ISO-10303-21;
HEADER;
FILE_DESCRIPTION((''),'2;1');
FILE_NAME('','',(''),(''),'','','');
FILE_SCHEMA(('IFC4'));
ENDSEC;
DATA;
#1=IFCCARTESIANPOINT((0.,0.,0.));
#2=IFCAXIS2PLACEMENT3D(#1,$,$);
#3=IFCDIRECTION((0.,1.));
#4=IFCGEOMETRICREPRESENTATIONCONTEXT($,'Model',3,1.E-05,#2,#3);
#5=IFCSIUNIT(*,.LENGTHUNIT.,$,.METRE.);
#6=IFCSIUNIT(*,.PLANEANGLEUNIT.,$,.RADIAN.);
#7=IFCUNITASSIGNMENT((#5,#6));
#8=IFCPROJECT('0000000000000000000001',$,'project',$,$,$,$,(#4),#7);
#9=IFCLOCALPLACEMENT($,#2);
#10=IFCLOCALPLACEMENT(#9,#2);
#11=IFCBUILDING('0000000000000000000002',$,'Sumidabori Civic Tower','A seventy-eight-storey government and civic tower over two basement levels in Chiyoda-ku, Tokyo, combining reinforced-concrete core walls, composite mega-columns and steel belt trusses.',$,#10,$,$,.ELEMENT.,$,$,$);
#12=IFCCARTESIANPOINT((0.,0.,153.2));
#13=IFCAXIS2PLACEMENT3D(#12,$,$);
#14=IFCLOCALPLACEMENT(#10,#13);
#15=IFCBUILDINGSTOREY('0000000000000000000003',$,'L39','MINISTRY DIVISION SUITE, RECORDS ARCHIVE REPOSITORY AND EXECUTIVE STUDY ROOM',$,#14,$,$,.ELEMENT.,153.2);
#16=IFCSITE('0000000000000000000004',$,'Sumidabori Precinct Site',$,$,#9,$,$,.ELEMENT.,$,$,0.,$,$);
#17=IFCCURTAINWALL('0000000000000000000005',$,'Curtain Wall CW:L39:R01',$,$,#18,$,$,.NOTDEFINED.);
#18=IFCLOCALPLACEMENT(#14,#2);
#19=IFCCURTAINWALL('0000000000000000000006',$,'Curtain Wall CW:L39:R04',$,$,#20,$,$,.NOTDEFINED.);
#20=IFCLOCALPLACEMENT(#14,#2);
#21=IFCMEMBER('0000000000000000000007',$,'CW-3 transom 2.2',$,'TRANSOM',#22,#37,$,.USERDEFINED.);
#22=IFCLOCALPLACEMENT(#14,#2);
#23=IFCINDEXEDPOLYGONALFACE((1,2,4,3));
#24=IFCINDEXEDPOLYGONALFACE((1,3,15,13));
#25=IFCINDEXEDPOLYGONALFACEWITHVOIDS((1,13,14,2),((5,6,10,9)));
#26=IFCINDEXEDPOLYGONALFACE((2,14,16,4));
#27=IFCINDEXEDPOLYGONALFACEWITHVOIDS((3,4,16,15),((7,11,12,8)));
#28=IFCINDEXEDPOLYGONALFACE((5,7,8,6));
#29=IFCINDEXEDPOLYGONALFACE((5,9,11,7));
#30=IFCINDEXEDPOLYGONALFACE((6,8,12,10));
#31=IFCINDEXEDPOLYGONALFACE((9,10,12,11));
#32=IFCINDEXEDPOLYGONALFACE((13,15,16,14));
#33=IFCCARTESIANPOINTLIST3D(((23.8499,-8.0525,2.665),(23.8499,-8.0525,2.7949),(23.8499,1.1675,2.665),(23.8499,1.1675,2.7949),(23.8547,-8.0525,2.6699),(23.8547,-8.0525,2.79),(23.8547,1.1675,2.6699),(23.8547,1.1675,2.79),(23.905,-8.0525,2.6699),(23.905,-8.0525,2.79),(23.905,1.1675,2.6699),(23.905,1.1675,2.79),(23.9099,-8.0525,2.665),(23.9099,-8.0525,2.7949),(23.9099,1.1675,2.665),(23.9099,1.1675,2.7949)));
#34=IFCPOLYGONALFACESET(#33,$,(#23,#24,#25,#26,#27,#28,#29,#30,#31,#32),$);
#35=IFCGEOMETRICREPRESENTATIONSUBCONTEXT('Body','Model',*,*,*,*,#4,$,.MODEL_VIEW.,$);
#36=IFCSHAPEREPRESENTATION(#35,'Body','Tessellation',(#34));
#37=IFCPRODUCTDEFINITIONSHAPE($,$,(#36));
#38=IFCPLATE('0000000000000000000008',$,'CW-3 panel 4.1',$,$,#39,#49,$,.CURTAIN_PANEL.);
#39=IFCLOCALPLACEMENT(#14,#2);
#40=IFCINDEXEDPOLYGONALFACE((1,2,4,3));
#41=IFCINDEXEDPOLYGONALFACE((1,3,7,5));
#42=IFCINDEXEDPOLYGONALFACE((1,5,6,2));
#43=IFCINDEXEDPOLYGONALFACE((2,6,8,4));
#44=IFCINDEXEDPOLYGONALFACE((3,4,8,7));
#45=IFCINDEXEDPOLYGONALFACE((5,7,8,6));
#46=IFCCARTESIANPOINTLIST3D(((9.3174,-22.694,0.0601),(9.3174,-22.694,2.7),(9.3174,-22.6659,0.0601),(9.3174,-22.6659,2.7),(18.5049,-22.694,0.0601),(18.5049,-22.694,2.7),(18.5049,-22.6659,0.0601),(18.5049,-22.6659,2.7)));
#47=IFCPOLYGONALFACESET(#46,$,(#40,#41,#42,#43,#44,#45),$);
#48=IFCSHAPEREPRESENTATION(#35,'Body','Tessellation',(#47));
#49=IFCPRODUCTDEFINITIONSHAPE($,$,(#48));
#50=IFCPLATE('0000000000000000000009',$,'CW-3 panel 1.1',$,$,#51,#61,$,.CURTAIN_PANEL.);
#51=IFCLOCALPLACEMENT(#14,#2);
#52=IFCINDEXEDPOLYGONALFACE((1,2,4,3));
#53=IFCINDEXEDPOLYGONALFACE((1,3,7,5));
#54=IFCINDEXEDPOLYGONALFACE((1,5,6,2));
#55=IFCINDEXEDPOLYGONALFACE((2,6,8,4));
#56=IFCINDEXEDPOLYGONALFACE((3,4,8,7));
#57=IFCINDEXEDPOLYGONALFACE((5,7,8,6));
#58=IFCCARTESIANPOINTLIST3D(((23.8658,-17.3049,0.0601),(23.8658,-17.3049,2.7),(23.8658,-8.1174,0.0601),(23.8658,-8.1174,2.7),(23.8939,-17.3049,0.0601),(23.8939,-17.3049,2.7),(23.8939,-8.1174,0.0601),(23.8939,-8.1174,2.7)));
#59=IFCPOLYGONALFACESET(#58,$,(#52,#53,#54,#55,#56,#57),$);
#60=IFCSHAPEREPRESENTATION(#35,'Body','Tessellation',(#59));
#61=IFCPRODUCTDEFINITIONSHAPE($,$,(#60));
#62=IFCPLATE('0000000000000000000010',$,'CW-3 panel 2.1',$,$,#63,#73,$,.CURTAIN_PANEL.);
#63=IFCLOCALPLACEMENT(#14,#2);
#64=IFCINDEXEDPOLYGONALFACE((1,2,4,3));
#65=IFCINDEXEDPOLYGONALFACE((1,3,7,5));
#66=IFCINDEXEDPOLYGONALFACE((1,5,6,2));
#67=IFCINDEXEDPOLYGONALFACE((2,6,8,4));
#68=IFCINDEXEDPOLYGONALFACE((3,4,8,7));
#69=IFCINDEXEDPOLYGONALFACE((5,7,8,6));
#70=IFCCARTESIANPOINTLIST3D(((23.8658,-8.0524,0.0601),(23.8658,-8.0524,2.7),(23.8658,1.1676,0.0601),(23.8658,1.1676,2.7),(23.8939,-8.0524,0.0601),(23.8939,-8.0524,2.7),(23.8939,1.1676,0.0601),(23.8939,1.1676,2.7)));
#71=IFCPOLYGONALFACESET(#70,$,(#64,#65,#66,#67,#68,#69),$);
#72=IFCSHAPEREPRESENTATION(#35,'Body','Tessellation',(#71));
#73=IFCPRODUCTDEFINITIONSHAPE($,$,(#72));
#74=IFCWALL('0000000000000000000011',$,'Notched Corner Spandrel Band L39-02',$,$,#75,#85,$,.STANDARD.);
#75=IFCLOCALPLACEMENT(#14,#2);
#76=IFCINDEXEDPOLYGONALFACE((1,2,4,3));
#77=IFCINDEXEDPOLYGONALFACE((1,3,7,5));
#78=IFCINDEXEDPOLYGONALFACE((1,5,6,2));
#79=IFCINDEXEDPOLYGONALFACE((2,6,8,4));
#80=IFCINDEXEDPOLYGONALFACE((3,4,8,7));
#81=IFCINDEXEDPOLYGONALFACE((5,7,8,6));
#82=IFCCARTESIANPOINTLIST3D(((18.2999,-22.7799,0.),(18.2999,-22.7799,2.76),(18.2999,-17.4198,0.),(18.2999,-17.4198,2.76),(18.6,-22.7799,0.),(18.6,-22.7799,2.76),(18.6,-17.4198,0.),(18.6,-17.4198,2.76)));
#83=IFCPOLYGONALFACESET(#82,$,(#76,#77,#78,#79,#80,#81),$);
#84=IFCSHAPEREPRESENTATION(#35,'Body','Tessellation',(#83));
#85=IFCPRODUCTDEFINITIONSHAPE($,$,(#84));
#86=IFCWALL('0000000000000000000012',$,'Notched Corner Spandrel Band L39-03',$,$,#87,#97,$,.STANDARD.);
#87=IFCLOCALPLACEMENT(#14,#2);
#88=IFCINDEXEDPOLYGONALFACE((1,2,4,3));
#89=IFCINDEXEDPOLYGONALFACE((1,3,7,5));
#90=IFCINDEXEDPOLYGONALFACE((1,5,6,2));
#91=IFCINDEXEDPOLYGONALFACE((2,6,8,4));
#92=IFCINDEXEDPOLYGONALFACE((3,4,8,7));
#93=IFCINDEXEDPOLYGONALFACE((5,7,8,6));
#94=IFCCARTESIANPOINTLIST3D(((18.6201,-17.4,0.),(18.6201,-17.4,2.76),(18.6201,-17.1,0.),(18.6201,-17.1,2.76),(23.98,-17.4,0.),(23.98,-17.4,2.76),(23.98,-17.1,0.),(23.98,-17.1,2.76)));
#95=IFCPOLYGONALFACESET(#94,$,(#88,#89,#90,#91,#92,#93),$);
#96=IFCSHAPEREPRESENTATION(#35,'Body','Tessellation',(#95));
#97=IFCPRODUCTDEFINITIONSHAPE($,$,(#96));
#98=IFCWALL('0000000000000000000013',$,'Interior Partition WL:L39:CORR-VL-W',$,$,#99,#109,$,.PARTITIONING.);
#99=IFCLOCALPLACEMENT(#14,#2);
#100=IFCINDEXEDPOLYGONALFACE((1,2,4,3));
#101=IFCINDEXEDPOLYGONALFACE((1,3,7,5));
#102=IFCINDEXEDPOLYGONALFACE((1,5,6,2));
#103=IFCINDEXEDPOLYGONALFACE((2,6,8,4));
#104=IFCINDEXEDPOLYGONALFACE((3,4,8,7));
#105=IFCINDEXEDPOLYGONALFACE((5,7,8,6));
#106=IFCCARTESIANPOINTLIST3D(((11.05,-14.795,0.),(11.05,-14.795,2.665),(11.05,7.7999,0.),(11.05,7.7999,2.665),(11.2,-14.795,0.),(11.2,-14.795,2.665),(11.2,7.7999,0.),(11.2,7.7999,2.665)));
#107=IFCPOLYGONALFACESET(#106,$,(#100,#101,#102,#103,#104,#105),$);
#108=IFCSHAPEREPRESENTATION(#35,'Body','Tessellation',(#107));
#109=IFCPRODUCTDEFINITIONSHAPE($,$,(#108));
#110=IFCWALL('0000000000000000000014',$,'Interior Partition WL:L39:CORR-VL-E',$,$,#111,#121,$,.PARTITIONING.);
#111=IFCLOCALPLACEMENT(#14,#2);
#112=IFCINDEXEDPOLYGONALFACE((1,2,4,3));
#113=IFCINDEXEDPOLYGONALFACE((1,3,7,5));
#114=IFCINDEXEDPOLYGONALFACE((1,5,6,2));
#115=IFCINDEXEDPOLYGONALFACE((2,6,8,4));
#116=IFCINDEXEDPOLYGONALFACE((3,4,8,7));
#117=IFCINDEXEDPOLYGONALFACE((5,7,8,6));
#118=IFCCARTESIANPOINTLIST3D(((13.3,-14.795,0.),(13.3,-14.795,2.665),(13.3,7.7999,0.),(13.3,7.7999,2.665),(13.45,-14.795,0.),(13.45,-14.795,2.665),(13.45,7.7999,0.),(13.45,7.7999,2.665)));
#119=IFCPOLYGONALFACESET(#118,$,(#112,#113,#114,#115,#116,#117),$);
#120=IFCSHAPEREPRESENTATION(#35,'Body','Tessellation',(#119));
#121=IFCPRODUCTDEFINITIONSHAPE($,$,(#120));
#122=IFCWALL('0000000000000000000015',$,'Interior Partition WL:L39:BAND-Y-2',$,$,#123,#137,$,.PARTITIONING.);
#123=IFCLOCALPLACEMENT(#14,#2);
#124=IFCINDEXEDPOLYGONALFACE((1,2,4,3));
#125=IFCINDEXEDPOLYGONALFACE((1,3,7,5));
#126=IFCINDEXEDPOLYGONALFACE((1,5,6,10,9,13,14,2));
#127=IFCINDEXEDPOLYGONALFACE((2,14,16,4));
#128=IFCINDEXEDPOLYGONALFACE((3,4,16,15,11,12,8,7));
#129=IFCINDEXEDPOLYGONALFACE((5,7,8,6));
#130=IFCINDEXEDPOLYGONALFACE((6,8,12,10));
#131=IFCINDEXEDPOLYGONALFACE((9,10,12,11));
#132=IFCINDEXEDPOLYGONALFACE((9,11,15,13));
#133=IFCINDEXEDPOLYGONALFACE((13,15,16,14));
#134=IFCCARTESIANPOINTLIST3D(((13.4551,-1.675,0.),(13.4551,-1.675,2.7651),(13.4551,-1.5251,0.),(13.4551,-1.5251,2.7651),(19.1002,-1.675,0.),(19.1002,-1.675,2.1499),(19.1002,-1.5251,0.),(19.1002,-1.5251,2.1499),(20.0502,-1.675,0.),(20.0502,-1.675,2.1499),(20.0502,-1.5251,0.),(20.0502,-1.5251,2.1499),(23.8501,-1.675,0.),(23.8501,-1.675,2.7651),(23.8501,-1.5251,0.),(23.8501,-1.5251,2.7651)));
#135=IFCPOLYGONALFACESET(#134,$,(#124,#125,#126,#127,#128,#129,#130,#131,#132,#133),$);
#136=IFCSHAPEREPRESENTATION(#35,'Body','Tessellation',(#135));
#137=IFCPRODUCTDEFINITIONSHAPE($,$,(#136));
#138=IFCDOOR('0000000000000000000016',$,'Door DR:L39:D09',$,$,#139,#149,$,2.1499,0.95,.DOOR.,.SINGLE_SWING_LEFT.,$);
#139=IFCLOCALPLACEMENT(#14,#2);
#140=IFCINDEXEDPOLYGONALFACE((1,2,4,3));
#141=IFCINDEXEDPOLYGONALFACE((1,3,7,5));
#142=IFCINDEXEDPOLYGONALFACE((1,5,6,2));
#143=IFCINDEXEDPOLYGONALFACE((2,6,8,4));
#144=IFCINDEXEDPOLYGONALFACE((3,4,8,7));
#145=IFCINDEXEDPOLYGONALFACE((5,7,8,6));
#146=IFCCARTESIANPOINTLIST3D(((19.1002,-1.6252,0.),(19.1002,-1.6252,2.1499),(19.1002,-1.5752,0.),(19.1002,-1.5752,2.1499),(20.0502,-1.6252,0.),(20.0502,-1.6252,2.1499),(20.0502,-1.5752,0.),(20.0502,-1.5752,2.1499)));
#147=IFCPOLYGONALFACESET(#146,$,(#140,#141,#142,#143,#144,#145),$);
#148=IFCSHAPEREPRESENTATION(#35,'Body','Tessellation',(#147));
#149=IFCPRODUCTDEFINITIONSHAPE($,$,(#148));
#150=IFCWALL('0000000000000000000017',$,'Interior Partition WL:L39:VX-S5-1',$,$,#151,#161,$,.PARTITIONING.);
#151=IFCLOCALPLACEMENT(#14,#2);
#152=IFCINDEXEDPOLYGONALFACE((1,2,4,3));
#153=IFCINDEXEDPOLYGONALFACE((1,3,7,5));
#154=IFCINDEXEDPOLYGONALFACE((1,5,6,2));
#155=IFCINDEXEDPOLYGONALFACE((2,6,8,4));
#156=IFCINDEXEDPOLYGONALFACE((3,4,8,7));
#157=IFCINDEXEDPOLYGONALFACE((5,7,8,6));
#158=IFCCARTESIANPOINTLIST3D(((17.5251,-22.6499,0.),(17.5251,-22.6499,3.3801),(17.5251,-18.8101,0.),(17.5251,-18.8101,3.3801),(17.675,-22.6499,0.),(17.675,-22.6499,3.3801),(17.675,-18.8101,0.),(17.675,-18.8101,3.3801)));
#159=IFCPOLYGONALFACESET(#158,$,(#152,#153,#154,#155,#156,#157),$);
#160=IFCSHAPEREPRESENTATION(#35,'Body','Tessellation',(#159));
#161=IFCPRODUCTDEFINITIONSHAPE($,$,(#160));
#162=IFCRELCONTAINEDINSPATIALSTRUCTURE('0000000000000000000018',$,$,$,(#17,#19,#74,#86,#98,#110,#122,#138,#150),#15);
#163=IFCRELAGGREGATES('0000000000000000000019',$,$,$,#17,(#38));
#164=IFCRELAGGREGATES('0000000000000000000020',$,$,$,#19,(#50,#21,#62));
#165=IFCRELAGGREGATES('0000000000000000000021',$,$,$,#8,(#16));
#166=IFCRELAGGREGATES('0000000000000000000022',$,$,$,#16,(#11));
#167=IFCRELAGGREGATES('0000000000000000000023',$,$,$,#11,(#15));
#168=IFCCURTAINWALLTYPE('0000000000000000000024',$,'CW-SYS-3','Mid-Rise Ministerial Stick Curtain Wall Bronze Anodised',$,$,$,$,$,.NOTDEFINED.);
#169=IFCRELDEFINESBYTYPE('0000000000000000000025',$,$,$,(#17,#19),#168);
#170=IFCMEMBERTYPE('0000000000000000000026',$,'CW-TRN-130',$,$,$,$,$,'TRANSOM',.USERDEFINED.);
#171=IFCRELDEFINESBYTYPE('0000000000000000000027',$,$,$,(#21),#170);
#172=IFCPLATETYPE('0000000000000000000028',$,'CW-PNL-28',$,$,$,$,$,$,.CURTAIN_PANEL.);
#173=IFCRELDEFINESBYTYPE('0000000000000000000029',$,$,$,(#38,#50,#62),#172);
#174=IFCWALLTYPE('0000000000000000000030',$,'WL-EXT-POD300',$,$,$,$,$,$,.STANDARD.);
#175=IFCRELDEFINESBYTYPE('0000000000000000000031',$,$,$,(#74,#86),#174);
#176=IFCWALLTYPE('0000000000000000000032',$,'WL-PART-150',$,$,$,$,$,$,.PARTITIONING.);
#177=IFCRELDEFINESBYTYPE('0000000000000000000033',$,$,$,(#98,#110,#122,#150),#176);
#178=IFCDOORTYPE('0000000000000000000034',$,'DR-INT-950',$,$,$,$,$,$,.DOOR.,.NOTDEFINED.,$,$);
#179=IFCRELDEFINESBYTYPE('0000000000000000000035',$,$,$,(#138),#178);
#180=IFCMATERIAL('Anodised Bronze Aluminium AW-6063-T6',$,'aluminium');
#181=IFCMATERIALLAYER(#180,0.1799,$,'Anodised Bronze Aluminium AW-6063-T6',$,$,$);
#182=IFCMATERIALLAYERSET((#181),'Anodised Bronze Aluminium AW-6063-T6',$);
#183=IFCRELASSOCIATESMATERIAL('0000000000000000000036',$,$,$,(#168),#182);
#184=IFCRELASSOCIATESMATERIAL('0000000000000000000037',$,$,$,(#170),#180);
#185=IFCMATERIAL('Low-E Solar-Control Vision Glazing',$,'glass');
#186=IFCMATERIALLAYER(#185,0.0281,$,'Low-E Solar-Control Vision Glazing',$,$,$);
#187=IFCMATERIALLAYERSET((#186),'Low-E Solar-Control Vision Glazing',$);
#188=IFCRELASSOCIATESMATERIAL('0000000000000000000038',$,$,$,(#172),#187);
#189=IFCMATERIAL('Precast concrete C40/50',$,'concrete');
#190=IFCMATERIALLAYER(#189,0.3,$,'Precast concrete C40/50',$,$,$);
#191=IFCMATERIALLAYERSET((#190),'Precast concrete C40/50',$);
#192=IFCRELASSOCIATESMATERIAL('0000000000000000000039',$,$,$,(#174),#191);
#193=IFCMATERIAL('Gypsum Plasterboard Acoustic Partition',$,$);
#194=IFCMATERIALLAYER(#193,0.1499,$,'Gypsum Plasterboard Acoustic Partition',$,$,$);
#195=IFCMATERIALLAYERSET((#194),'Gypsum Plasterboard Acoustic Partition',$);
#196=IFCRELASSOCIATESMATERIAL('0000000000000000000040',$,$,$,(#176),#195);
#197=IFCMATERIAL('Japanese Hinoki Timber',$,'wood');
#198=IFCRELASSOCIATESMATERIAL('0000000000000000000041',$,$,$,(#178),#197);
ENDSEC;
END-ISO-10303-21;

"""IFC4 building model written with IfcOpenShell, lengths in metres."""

from ifc_helpers import new_model, si_unit, direction, frame, frame_2d, origin, origin_2d, place, context, subcontext, project, spatial, rectangle, hollow_rectangle, extrude, source, transform, mapped, material, layer, layer_set, material_profile, profile_set, type_object, element, fill, aggregate, save


model = new_model("IFC4")

# Units and contexts
model_context = context("Model", 3, precision=1e-05, world=origin(), true_north=direction((0.0, 1.0)))
body_context = subcontext(model_context, "Body", "Model", "MODEL_VIEW")
ifc_project = project(units=[si_unit("LENGTHUNIT", "METRE"), si_unit("PLANEANGLEUNIT", "RADIAN")], contexts=[model_context])

# Site, building, storey
site_placement = place(None, origin())
site = spatial("IfcSite", under=ifc_project, at=site_placement, Name="Sumidabori Precinct Site", CompositionType="ELEMENT", RefElevation=0.0)
building_placement = place(site_placement, origin())
building = spatial("IfcBuilding", under=site, at=building_placement, Name="Sumidabori Civic Tower", Description="A seventy-eight-storey government and civic tower over two basement levels in Chiyoda-ku, Tokyo, combining reinforced-concrete core walls, composite mega-columns and steel belt trusses.", CompositionType="ELEMENT")
storey_placement = place(building_placement, frame((0.0, 0.0, 153.2)))
storey = spatial("IfcBuildingStorey", under=building, at=storey_placement, Name="L39", Description="MINISTRY DIVISION SUITE, RECORDS ARCHIVE REPOSITORY AND EXECUTIVE STUDY ROOM", CompositionType="ELEMENT", Elevation=153.2)

# Curtain walls
ifc_material_1 = material(Name="Anodised Bronze Aluminium AW-6063-T6", Category="aluminium")
ifc_layer_1 = layer(ifc_material_1, 0.1799, Name="Anodised Bronze Aluminium AW-6063-T6")
ifc_layer_set_1 = layer_set([ifc_layer_1], Name="Anodised Bronze Aluminium AW-6063-T6")
curtain_wall_type = type_object("IfcCurtainWallType", Name="CW-SYS-3", Description="Mid-Rise Ministerial Stick Curtain Wall Bronze Anodised", PredefinedType="NOTDEFINED", material=ifc_layer_set_1)
curtain_wall_1_placement = place(storey_placement, origin())
curtain_wall_1 = element("IfcCurtainWall", 1, at=curtain_wall_1_placement, inside=storey, type_object=curtain_wall_type, Name="Curtain Wall CW:L39:R01", PredefinedType="NOTDEFINED")
curtain_wall_2_placement = place(storey_placement, origin())
curtain_wall_2 = element("IfcCurtainWall", 2, at=curtain_wall_2_placement, inside=storey, type_object=curtain_wall_type, Name="Curtain Wall CW:L39:R04", PredefinedType="NOTDEFINED")

# Member
ifc_material_profile_1 = material_profile(ifc_material_1, hollow_rectangle(XDim=0.0601, YDim=0.1299, WallThickness=0.0049, at=origin_2d()), Name="ALU TRANSOM 130x60")
ifc_profile_set_1 = profile_set([ifc_material_profile_1], Name="Anodised Bronze Aluminium AW-6063-T6")
member_type_1 = type_object("IfcMemberType", Name="CW-TRN-130", ElementType="TRANSOM", PredefinedType="USERDEFINED", material=ifc_profile_set_1)
shared_shape_1 = source(origin(), body_context, "Body", "SweptSolid", [
    extrude(hollow_rectangle(XDim=0.0601, YDim=0.1299, WallThickness=0.0049, at=origin_2d()), origin(), (0.0, 0.0, 1.0), 9.22),
])
member_1_placement = place(storey_placement, frame((23.8799, -8.0525, 2.73), z_axis=(0.0, 1.0, 0.0), x_axis=(-1.0, 0.0, 0.0)))
member_1 = element("IfcMember", 3, at=member_1_placement, type_object=member_type_1, Name="CW-3 transom 2.2", ObjectType="TRANSOM", PredefinedType="USERDEFINED", context=body_context, shape_type="MappedRepresentation", body=[
    mapped(shared_shape_1, transform((0.0, 0.0, 0.0), x_axis=(1.0, 0.0, 0.0), y_axis=(0.0, 1.0, 0.0), z_axis=(0.0, 0.0, 1.0), scale=1.0)),
])

# Plates
ifc_material_2 = material(Name="Low-E Solar-Control Vision Glazing", Category="glass")
ifc_layer_2 = layer(ifc_material_2, 0.0281, Name="Low-E Solar-Control Vision Glazing")
ifc_layer_set_2 = layer_set([ifc_layer_2], Name="Low-E Solar-Control Vision Glazing")
plate_type = type_object("IfcPlateType", Name="CW-PNL-28", PredefinedType="CURTAIN_PANEL", material=ifc_layer_set_2)
shared_shape_2 = source(origin(), body_context, "Body", "SweptSolid", [
    extrude(rectangle(XDim=9.1875, YDim=0.0281, at=origin_2d()), origin(), (0.0, 0.0, 1.0), 2.6399),
])
plate_1_placement = place(storey_placement, frame((13.9111, -22.6799, 0.0601), z_axis=(0.0, 0.0, 1.0), x_axis=(1.0, 0.0, 0.0)))
plate_1 = element("IfcPlate", 4, at=plate_1_placement, type_object=plate_type, Name="CW-3 panel 4.1", PredefinedType="CURTAIN_PANEL", context=body_context, shape_type="MappedRepresentation", body=[
    mapped(shared_shape_2, transform((0.0, 0.0, 0.0), x_axis=(1.0, 0.0, 0.0), y_axis=(0.0, 1.0, 0.0), z_axis=(0.0, 0.0, 1.0), scale=1.0)),
])
aggregate(curtain_wall_1, [plate_1])
plate_2_placement = place(storey_placement, frame((23.8799, -12.7112, 0.0601), z_axis=(0.0, 0.0, 1.0), x_axis=(0.0, 1.0, 0.0)))
plate_2 = element("IfcPlate", 5, at=plate_2_placement, type_object=plate_type, Name="CW-3 panel 1.1", PredefinedType="CURTAIN_PANEL", context=body_context, shape_type="MappedRepresentation", body=[
    mapped(shared_shape_2, transform((0.0, 0.0, 0.0), x_axis=(1.0, 0.0, 0.0), y_axis=(0.0, 1.0, 0.0), z_axis=(0.0, 0.0, 1.0), scale=1.0)),
])
shared_shape_3 = source(origin(), body_context, "Body", "SweptSolid", [
    extrude(rectangle(XDim=9.22, YDim=0.0281, at=origin_2d()), origin(), (0.0, 0.0, 1.0), 2.6399),
])
plate_3_placement = place(storey_placement, frame((23.8799, -3.4424, 0.0601), z_axis=(0.0, 0.0, 1.0), x_axis=(0.0, 1.0, 0.0)))
plate_3 = element("IfcPlate", 6, at=plate_3_placement, type_object=plate_type, Name="CW-3 panel 2.1", PredefinedType="CURTAIN_PANEL", context=body_context, shape_type="MappedRepresentation", body=[
    mapped(shared_shape_3, transform((0.0, 0.0, 0.0), x_axis=(1.0, 0.0, 0.0), y_axis=(0.0, 1.0, 0.0), z_axis=(0.0, 0.0, 1.0), scale=1.0)),
])
aggregate(curtain_wall_2, [plate_2, member_1, plate_3])

# Walls
ifc_material_3 = material(Name="Precast concrete C40/50", Category="concrete")
ifc_layer_3 = layer(ifc_material_3, 0.3, Name="Precast concrete C40/50")
ifc_layer_set_3 = layer_set([ifc_layer_3], Name="Precast concrete C40/50")
wall_type_1 = type_object("IfcWallType", Name="WL-EXT-POD300", PredefinedType="STANDARD", material=ifc_layer_set_3)
shared_shape_4 = source(origin(), body_context, "Body", "SweptSolid", [
    extrude(rectangle(XDim=5.3601, YDim=0.3, at=frame_2d((2.6802, 0.0))), origin(), (0.0, 0.0, 1.0), 2.76),
])
wall_1_placement = place(storey_placement, frame((18.45, -22.78, 0.0), z_axis=(0.0, 0.0, 1.0), x_axis=(0.0, 1.0, 0.0)))
element("IfcWall", 7, at=wall_1_placement, inside=storey, type_object=wall_type_1, Name="Notched Corner Spandrel Band L39-02", PredefinedType="STANDARD", context=body_context, shape_type="MappedRepresentation", body=[
    mapped(shared_shape_4, transform((0.0, 0.0, 0.0), x_axis=(1.0, 0.0, 0.0), y_axis=(0.0, 1.0, 0.0), z_axis=(0.0, 0.0, 1.0), scale=1.0)),
])
shared_shape_5 = source(origin(), body_context, "Body", "SweptSolid", [
    extrude(rectangle(XDim=5.3599, YDim=0.3, at=frame_2d((2.6799, 0.0))), origin(), (0.0, 0.0, 1.0), 2.76),
])
wall_2_placement = place(storey_placement, frame((18.6201, -17.25, 0.0), z_axis=(0.0, 0.0, 1.0), x_axis=(1.0, 0.0, 0.0)))
element("IfcWall", 8, at=wall_2_placement, inside=storey, type_object=wall_type_1, Name="Notched Corner Spandrel Band L39-03", PredefinedType="STANDARD", context=body_context, shape_type="MappedRepresentation", body=[
    mapped(shared_shape_5, transform((0.0, 0.0, 0.0), x_axis=(1.0, 0.0, 0.0), y_axis=(0.0, 1.0, 0.0), z_axis=(0.0, 0.0, 1.0), scale=1.0)),
])
ifc_material_4 = material(Name="Gypsum Plasterboard Acoustic Partition")
ifc_layer_4 = layer(ifc_material_4, 0.1499, Name="Gypsum Plasterboard Acoustic Partition")
ifc_layer_set_4 = layer_set([ifc_layer_4], Name="Gypsum Plasterboard Acoustic Partition")
wall_type_2 = type_object("IfcWallType", Name="WL-PART-150", PredefinedType="PARTITIONING", material=ifc_layer_set_4)
shared_shape_6 = source(origin(), body_context, "Body", "SweptSolid", [
    extrude(rectangle(XDim=22.595, YDim=0.1499, at=frame_2d((11.2974, 0.0))), origin(), (0.0, 0.0, 1.0), 2.665),
])
for number, where, z_axis, x_axis, name in (
    (9, (11.125, -14.7949, 0.0), (0.0, 0.0, 1.0), (0.0, 1.0, 0.0), "Interior Partition WL:L39:CORR-VL-W"),
    (10, (13.375, -14.7949, 0.0), (0.0, 0.0, 1.0), (0.0, 1.0, 0.0), "Interior Partition WL:L39:CORR-VL-E"),
):
    element("IfcWall", number, at=place(storey_placement, frame(where, z_axis=z_axis, x_axis=x_axis)), inside=storey, type_object=wall_type_2, Name=name, PredefinedType="PARTITIONING", context=body_context, shape_type="MappedRepresentation", body=[
        mapped(shared_shape_6, transform((0.0, 0.0, 0.0), x_axis=(1.0, 0.0, 0.0), y_axis=(0.0, 1.0, 0.0), z_axis=(0.0, 0.0, 1.0), scale=1.0)),
    ])

# Wall, opening, door
ifc_material_5 = material(Name="Japanese Hinoki Timber", Category="wood")
door_type = type_object("IfcDoorType", Name="DR-INT-950", OperationType="NOTDEFINED", PredefinedType="DOOR", material=ifc_material_5)
shared_shape_7 = source(origin(), body_context, "Body", "SweptSolid", [
    extrude(rectangle(XDim=0.95, YDim=2.1499, at=frame_2d((0.4751, 1.075))), frame((0.0, 0.0249, 0.0), z_axis=(0.0, -1.0, 0.0), x_axis=(1.0, 0.0, 0.0)), (0.0, 0.0, 1.0), 0.05),
])
shared_shape_8 = source(origin(), body_context, "Body", "SweptSolid", [
    extrude(rectangle(XDim=10.395, YDim=0.1499, at=frame_2d((5.1975, 0.0))), origin(), (0.0, 0.0, 1.0), 2.7651),
])
wall_3_placement = place(storey_placement, frame((13.4551, -1.6001, 0.0), z_axis=(0.0, 0.0, 1.0), x_axis=(1.0, 0.0, 0.0)))
wall_3 = element("IfcWall", 11, at=wall_3_placement, inside=storey, type_object=wall_type_2, Name="Interior Partition WL:L39:BAND-Y-2", PredefinedType="PARTITIONING", context=body_context, shape_type="MappedRepresentation", body=[
    mapped(shared_shape_8, transform((0.0, 0.0, 0.0), x_axis=(1.0, 0.0, 0.0), y_axis=(0.0, 1.0, 0.0), z_axis=(0.0, 0.0, 1.0), scale=1.0)),
])
opening_1_placement = place(wall_3_placement, frame((5.645, 0.0, 0.0)))
opening_1 = element("IfcOpeningElement", 12, at=opening_1_placement, cuts=wall_3, PredefinedType="OPENING", context=body_context, shape_type="SweptSolid", body=[
    extrude(rectangle(XDim=0.95, YDim=2.1499, at=frame_2d((0.4751, 1.075))), frame((0.0, 0.0869, 0.0), z_axis=(0.0, -1.0, 0.0), x_axis=(1.0, 0.0, 0.0)), (0.0, 0.0, 1.0), 0.1738),
])
door_1_placement = place(opening_1_placement, origin())
door_1 = element("IfcDoor", 13, at=door_1_placement, inside=storey, type_object=door_type, Name="Door DR:L39:D09", OperationType="SINGLE_SWING_LEFT", OverallHeight=2.1499, OverallWidth=0.95, PredefinedType="DOOR", context=body_context, shape_type="MappedRepresentation", body=[
    mapped(shared_shape_7, transform((0.0, 0.0, 0.0), x_axis=(1.0, 0.0, 0.0), y_axis=(0.0, 1.0, 0.0), z_axis=(0.0, 0.0, 1.0), scale=1.0)),
])
fill(opening_1, door_1)

# Wall
shared_shape_9 = source(origin(), body_context, "Body", "SweptSolid", [
    extrude(rectangle(XDim=3.8398, YDim=0.1499, at=frame_2d((1.9199, 0.0))), origin(), (0.0, 0.0, 1.0), 3.3801),
])
wall_4_placement = place(storey_placement, frame((17.6001, -22.6499, 0.0), z_axis=(0.0, 0.0, 1.0), x_axis=(0.0, 1.0, 0.0)))
element("IfcWall", 14, at=wall_4_placement, inside=storey, type_object=wall_type_2, Name="Interior Partition WL:L39:VX-S5-1", PredefinedType="PARTITIONING", context=body_context, shape_type="MappedRepresentation", body=[
    mapped(shared_shape_9, transform((0.0, 0.0, 0.0), x_axis=(1.0, 0.0, 0.0), y_axis=(0.0, 1.0, 0.0), z_axis=(0.0, 0.0, 1.0), scale=1.0)),
])

save(model, "model.ifc")
